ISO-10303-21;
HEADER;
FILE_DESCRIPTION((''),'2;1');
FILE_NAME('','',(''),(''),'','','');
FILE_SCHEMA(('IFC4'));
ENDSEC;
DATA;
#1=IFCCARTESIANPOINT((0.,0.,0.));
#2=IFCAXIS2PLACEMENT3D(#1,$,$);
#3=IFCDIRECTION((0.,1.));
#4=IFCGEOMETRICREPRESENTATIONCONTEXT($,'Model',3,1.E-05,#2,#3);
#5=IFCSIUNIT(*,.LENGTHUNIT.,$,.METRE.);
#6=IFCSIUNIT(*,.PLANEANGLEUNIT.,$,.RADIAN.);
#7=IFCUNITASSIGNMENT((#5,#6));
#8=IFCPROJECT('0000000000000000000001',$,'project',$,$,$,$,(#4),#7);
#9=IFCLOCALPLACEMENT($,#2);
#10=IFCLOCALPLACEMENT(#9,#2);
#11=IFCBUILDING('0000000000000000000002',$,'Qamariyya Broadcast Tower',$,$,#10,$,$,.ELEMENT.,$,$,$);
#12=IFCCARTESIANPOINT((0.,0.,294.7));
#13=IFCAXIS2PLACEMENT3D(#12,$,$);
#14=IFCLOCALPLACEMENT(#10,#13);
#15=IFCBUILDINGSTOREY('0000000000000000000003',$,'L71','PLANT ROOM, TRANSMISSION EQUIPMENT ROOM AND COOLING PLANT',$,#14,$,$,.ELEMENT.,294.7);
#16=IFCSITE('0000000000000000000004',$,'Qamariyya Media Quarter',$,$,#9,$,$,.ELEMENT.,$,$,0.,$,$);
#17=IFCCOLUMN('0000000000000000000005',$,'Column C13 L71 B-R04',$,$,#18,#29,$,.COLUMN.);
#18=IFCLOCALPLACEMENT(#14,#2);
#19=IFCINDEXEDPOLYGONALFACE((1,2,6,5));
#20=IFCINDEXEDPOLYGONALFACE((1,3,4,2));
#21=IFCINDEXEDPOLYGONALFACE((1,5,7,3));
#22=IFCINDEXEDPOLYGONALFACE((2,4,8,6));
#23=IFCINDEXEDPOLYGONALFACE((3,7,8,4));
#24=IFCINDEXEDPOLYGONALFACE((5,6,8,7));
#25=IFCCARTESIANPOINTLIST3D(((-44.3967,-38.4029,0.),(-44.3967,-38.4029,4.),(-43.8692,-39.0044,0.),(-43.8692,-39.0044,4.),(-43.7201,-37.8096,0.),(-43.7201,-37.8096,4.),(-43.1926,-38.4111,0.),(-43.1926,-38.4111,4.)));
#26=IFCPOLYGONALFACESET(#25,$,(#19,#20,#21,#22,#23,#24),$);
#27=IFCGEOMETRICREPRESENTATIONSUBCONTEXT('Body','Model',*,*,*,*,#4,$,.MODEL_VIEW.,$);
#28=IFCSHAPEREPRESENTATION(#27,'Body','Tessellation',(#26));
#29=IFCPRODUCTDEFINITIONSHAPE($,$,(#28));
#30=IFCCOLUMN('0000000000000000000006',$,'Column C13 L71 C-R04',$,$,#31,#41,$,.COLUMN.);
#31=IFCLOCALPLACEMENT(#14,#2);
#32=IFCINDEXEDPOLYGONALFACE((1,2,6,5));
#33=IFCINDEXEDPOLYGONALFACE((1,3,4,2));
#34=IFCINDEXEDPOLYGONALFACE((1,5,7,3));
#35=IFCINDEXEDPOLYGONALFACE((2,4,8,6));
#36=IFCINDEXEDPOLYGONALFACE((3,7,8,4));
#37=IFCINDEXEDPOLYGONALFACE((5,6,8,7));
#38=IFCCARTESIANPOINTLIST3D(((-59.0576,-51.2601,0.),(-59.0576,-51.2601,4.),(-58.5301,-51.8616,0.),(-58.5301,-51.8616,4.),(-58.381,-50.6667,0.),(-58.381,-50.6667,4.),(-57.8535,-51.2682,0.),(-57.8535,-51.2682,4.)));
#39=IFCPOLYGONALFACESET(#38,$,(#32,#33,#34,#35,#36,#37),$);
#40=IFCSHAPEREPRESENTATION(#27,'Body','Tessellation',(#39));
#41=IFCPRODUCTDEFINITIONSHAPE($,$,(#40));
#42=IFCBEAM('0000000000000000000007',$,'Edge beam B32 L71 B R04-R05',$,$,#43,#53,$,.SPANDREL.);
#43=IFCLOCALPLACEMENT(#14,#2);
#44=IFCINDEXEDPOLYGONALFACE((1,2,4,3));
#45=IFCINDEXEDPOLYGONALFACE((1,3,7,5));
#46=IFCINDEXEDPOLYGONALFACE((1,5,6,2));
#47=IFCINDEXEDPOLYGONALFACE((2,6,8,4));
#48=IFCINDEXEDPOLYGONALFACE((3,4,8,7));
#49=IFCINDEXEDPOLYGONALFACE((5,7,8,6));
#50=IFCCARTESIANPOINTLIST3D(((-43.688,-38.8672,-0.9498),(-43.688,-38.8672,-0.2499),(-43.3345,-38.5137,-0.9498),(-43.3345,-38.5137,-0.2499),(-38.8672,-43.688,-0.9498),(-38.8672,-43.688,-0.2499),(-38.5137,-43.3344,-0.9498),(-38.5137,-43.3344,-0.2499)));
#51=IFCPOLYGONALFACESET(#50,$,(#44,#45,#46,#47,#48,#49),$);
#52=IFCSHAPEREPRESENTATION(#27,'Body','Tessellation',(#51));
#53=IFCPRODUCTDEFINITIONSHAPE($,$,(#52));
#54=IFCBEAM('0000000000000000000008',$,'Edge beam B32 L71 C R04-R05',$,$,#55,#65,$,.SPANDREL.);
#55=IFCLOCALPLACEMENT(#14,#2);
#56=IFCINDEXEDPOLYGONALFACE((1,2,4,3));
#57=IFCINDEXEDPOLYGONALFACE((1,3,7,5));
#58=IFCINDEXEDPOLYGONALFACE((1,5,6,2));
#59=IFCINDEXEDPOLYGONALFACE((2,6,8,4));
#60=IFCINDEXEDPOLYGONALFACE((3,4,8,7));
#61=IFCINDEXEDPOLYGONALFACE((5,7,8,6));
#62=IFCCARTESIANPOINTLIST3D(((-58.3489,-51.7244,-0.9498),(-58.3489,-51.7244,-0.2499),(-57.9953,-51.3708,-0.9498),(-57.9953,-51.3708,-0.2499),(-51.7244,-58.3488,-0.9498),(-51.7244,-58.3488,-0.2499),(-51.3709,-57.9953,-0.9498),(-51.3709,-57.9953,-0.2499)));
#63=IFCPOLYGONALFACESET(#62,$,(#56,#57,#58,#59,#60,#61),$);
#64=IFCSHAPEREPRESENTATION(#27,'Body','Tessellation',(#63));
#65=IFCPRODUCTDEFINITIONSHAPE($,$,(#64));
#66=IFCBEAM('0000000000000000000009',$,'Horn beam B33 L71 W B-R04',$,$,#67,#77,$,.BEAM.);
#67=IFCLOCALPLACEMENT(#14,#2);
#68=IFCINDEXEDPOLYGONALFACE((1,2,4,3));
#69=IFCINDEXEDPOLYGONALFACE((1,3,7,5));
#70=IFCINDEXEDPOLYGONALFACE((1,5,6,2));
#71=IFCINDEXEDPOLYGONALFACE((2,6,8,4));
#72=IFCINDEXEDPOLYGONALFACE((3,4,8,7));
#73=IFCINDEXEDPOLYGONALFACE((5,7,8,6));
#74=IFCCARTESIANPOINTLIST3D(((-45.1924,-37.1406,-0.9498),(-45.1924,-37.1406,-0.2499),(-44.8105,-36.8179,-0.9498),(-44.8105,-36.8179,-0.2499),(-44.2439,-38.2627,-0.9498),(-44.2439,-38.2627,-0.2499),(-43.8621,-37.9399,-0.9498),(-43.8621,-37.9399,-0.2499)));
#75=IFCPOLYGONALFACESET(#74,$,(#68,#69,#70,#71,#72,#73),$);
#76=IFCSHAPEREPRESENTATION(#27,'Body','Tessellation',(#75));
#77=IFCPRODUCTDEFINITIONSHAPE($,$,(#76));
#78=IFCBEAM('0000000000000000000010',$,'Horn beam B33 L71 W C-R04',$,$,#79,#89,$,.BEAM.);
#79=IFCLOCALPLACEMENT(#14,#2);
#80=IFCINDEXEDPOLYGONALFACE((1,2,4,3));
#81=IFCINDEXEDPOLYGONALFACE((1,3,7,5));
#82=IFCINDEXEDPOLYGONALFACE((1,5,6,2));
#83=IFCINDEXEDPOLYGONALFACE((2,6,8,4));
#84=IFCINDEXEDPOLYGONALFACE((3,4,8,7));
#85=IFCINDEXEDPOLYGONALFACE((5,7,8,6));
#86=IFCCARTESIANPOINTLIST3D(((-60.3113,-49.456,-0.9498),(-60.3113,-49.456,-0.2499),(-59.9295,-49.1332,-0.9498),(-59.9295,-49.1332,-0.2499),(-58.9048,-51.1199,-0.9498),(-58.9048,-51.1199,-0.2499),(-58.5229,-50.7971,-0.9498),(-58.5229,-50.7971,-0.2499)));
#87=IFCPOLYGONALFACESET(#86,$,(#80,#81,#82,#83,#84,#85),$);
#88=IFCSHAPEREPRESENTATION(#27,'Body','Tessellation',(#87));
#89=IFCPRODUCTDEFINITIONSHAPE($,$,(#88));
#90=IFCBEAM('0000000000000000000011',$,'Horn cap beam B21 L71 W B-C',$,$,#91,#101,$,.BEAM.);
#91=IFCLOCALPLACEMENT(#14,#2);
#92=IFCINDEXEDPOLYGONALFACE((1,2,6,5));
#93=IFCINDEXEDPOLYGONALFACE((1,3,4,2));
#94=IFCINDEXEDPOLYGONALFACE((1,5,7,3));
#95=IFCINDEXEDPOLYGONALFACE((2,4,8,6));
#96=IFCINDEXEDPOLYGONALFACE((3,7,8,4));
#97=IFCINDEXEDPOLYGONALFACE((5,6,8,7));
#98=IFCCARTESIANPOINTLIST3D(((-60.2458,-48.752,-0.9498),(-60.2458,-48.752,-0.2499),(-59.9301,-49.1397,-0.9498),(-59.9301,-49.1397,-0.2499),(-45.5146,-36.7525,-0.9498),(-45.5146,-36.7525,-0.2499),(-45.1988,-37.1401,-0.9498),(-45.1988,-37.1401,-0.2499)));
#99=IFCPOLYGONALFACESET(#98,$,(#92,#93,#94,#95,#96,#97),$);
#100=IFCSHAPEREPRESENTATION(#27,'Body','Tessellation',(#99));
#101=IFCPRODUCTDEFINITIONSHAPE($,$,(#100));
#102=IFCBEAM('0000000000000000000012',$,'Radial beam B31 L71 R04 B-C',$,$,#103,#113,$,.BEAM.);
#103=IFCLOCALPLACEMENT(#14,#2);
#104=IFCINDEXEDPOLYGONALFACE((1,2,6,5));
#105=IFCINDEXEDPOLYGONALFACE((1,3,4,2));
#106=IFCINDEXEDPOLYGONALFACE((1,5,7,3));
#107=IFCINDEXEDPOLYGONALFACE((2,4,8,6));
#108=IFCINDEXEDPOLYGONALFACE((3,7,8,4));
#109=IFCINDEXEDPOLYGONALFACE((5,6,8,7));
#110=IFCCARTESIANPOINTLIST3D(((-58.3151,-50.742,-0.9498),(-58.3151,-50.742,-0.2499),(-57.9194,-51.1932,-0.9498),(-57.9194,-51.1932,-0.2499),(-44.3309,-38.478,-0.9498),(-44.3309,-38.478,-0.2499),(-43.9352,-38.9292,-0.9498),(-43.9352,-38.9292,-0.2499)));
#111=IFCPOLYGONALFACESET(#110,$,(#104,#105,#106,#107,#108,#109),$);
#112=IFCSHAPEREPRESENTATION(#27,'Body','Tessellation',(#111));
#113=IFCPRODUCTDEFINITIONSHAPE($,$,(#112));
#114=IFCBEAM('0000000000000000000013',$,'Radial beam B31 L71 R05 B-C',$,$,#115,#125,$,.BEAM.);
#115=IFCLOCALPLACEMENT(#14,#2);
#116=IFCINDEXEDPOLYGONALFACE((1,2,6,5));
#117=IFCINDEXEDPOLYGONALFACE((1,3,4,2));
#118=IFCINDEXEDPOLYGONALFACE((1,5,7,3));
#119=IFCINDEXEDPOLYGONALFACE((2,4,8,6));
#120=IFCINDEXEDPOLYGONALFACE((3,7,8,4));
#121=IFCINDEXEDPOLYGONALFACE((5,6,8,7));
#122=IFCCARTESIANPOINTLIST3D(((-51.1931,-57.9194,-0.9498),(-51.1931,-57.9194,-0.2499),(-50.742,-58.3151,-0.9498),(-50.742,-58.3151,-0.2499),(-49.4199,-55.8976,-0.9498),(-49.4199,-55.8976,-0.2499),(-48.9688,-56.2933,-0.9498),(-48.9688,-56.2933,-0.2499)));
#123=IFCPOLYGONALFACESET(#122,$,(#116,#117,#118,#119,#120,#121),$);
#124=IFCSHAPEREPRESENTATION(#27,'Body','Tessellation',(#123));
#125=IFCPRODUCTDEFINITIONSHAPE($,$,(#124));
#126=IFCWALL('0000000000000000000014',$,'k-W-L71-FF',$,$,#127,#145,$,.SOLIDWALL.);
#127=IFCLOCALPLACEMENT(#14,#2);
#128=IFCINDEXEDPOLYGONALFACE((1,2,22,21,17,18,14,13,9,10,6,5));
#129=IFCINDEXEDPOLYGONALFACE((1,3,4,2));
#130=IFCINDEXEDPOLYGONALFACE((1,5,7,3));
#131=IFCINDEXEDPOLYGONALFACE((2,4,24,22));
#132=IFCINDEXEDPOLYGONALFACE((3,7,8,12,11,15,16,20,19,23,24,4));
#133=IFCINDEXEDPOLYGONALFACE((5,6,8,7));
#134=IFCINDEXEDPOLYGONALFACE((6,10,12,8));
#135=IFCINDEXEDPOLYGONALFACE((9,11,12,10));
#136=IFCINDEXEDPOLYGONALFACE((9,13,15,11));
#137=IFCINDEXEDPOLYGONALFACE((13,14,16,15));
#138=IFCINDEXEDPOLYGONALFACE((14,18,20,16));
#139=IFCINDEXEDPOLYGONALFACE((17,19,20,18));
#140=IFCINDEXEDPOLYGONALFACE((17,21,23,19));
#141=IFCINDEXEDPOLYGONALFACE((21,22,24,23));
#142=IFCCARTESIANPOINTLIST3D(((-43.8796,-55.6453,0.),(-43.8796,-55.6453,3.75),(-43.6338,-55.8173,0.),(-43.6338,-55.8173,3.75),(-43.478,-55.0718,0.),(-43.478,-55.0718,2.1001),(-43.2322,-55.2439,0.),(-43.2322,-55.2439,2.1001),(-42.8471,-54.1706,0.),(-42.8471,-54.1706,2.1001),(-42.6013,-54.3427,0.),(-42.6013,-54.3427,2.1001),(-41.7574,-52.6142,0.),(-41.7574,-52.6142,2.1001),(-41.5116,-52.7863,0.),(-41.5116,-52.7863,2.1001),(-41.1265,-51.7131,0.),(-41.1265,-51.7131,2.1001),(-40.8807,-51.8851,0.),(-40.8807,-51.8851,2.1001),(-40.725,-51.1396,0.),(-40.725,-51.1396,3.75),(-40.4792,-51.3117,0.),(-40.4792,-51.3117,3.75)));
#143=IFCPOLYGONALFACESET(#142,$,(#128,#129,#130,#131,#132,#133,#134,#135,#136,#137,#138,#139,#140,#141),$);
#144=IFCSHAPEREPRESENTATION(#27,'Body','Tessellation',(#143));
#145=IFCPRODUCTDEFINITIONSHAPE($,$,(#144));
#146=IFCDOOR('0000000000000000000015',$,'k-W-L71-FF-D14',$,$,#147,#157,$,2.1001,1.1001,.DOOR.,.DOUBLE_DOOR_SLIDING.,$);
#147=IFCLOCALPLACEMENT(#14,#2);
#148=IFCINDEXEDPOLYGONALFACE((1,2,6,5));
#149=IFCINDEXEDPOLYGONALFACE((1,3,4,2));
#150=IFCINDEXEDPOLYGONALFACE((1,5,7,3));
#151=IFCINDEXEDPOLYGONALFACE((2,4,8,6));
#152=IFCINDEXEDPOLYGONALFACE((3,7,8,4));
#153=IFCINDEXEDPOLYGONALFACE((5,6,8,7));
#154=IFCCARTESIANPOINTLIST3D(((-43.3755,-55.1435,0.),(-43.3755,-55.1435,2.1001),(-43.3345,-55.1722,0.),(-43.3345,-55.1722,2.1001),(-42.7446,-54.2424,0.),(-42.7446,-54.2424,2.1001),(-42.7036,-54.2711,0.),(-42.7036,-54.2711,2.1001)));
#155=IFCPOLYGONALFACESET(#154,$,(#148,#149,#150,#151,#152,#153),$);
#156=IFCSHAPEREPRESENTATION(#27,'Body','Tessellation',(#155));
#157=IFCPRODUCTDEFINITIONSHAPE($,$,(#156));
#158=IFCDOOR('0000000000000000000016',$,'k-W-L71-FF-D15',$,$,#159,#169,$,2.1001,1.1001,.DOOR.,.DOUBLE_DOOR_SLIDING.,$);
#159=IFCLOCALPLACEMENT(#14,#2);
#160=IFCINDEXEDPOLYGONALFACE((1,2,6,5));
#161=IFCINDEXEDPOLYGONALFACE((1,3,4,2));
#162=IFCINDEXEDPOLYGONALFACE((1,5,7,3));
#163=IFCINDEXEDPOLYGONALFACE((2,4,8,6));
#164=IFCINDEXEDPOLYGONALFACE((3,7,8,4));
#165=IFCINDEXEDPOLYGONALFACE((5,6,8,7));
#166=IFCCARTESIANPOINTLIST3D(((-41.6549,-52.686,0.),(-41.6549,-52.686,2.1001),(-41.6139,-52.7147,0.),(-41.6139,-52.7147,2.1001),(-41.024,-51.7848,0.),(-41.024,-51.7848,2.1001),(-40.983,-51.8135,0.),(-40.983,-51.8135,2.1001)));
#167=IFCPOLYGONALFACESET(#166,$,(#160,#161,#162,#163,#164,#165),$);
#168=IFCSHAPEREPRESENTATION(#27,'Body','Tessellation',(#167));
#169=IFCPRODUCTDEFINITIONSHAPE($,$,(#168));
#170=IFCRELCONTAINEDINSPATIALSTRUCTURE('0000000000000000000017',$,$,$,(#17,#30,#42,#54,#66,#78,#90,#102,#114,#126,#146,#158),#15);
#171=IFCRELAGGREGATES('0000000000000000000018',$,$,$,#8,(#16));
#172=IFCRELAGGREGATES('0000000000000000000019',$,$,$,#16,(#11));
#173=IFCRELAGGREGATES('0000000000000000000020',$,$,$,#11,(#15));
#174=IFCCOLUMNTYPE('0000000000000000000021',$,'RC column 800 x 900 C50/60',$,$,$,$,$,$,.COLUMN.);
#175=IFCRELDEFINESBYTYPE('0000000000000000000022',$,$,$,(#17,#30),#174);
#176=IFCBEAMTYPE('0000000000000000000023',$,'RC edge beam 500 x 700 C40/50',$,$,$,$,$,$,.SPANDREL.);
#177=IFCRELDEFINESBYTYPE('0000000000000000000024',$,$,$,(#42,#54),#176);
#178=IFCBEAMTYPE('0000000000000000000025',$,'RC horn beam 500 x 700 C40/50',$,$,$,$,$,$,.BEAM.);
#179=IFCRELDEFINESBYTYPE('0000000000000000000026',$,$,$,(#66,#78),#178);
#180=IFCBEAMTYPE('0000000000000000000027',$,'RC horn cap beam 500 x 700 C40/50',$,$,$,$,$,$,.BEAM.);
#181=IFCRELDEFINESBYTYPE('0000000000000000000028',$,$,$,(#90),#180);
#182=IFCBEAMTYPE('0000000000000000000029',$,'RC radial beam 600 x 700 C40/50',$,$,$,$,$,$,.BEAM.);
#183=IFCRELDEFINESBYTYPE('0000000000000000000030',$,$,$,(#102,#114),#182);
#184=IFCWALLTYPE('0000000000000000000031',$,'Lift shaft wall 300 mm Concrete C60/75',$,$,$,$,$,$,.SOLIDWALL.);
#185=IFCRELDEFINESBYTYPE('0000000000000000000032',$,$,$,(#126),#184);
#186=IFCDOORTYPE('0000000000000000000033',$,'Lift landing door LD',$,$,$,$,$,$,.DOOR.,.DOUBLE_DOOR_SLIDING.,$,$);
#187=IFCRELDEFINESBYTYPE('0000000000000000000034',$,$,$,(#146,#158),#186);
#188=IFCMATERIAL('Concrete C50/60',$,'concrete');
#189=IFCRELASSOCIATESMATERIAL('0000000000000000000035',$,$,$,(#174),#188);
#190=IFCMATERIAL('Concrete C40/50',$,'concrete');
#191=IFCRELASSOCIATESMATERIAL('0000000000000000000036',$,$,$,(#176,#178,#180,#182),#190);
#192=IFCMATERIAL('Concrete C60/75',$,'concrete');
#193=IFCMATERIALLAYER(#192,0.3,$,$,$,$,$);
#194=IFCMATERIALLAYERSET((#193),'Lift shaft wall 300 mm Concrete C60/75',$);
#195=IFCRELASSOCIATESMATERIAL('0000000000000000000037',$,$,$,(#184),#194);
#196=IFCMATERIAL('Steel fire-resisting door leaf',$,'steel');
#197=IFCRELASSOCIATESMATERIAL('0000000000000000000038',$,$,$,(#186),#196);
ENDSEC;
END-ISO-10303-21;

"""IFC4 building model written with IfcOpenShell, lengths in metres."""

from ifc_helpers import new_model, si_unit, direction, frame, frame_2d, origin, origin_2d, place, context, subcontext, project, spatial, rectangle, extrude, material, layer, layer_set, material_profile, profile_set, type_object, element, fill, save


model = new_model("IFC4")

# Units and contexts
model_context = context("Model", 3, precision=1e-05, world=origin(), true_north=direction((0.0, 1.0)))
body_context = subcontext(model_context, "Body", "Model", "MODEL_VIEW")
ifc_project = project(units=[si_unit("LENGTHUNIT", "METRE"), si_unit("PLANEANGLEUNIT", "RADIAN")], contexts=[model_context])

# Site, building, storey
site_placement = place(None, origin())
site = spatial("IfcSite", under=ifc_project, at=site_placement, Name="Qamariyya Media Quarter", CompositionType="ELEMENT", RefElevation=0.0)
building_placement = place(site_placement, origin())
building = spatial("IfcBuilding", under=site, at=building_placement, Name="Qamariyya Broadcast Tower", CompositionType="ELEMENT")
storey_placement = place(building_placement, frame((0.0, 0.0, 294.7)))
storey = spatial("IfcBuildingStorey", under=building, at=storey_placement, Name="L71", Description="PLANT ROOM, TRANSMISSION EQUIPMENT ROOM AND COOLING PLANT", CompositionType="ELEMENT", Elevation=294.7)

# Columns
ifc_material_1 = material(Name="Concrete C50/60", Category="concrete")
ifc_material_profile_1 = material_profile(ifc_material_1, rectangle(XDim=0.8, YDim=0.8999, at=origin_2d()))
ifc_profile_set_1 = profile_set([ifc_material_profile_1], Name="Concrete C50/60")
column_type = type_object("IfcColumnType", Name="RC column 800 x 900 C50/60", PredefinedType="COLUMN", material=ifc_profile_set_1)
for number, where, z_axis, x_axis, name in (
    (1, (-43.7947, -38.407, 0.0), (0.0, 0.0, 1.0), (0.659346, -0.75184, 0.0), "Column C13 L71 B-R04"),
    (2, (-58.4556, -51.2642, 0.0), (0.0, 0.0, 1.0), (0.659346, -0.75184, 0.0), "Column C13 L71 C-R04"),
):
    element("IfcColumn", number, at=place(storey_placement, frame(where, z_axis=z_axis, x_axis=x_axis)), inside=storey, type_object=column_type, Name=name, PredefinedType="COLUMN", context=body_context, shape_type="SweptSolid", body=[
        extrude(rectangle(XDim=0.8, YDim=0.8999, at=origin_2d()), origin(), (0.0, 0.0, 1.0), 4.0),
    ])

# Beams
ifc_material_2 = material(Name="Concrete C40/50", Category="concrete")
ifc_material_profile_2 = material_profile(ifc_material_2, rectangle(XDim=0.5, YDim=0.7, at=origin_2d()))
ifc_profile_set_2 = profile_set([ifc_material_profile_2], Name="Concrete C40/50")
beam_type_1 = type_object("IfcBeamType", Name="RC edge beam 500 x 700 C40/50", PredefinedType="SPANDREL", material=ifc_profile_set_2)
beam_1_placement = place(storey_placement, frame((-43.5112, -38.6904, -0.5999), z_axis=(0.707107, -0.707107, 0.0), x_axis=(0.707107, 0.707107, 0.0)))
element("IfcBeam", 3, at=beam_1_placement, inside=storey, type_object=beam_type_1, Name="Edge beam B32 L71 B R04-R05", PredefinedType="SPANDREL", context=body_context, shape_type="SweptSolid", body=[
    extrude(rectangle(XDim=0.5, YDim=0.7, at=origin_2d()), origin(), (0.0, 0.0, 1.0), 6.8176),
])
beam_2_placement = place(storey_placement, frame((-58.1721, -51.5476, -0.5999), z_axis=(0.707107, -0.707107, 0.0), x_axis=(0.707107, 0.707107, 0.0)))
element("IfcBeam", 4, at=beam_2_placement, inside=storey, type_object=beam_type_1, Name="Edge beam B32 L71 C R04-R05", PredefinedType="SPANDREL", context=body_context, shape_type="SweptSolid", body=[
    extrude(rectangle(XDim=0.5, YDim=0.7, at=origin_2d()), origin(), (0.0, 0.0, 1.0), 9.3684),
])
ifc_material_profile_3 = material_profile(ifc_material_2, rectangle(XDim=0.5, YDim=0.7, at=origin_2d()))
ifc_profile_set_3 = profile_set([ifc_material_profile_3], Name="Concrete C40/50")
beam_type_2 = type_object("IfcBeamType", Name="RC horn beam 500 x 700 C40/50", PredefinedType="BEAM", material=ifc_profile_set_3)
beam_3_placement = place(storey_placement, frame((-44.053, -38.1013, -0.5999), z_axis=(-0.645562, 0.763708, 0.0), x_axis=(-0.763708, -0.645562, 0.0)))
element("IfcBeam", 5, at=beam_3_placement, inside=storey, type_object=beam_type_2, Name="Horn beam B33 L71 W B-R04", PredefinedType="BEAM", context=body_context, shape_type="SweptSolid", body=[
    extrude(rectangle(XDim=0.5, YDim=0.7, at=origin_2d()), origin(), (0.0, 0.0, 1.0), 1.4692),
])
beam_4_placement = place(storey_placement, frame((-58.7139, -50.9585, -0.5999), z_axis=(-0.64558, 0.763692, 0.0), x_axis=(-0.763692, -0.64558, 0.0)))
element("IfcBeam", 6, at=beam_4_placement, inside=storey, type_object=beam_type_2, Name="Horn beam B33 L71 W C-R04", PredefinedType="BEAM", context=body_context, shape_type="SweptSolid", body=[
    extrude(rectangle(XDim=0.5, YDim=0.7, at=origin_2d()), origin(), (0.0, 0.0, 1.0), 2.1787),
])
ifc_material_profile_4 = material_profile(ifc_material_2, rectangle(XDim=0.5, YDim=0.7, at=origin_2d()))
ifc_profile_set_4 = profile_set([ifc_material_profile_4], Name="Concrete C40/50")
beam_type_3 = type_object("IfcBeamType", Name="RC horn cap beam 500 x 700 C40/50", PredefinedType="BEAM", material=ifc_profile_set_4)
beam_5_placement = place(storey_placement, frame((-45.3567, -36.9463, -0.5999), z_axis=(-0.77533, -0.631556, 0.0), x_axis=(0.631556, -0.77533, 0.0)))
element("IfcBeam", 7, at=beam_5_placement, inside=storey, type_object=beam_type_3, Name="Horn cap beam B21 L71 W B-C", PredefinedType="BEAM", context=body_context, shape_type="SweptSolid", body=[
    extrude(rectangle(XDim=0.5, YDim=0.7, at=origin_2d()), origin(), (0.0, 0.0, 1.0), 19.0),
])
ifc_material_profile_5 = material_profile(ifc_material_2, rectangle(XDim=0.6001, YDim=0.7, at=origin_2d()))
ifc_profile_set_5 = profile_set([ifc_material_profile_5], Name="Concrete C40/50")
beam_type_4 = type_object("IfcBeamType", Name="RC radial beam 600 x 700 C40/50", PredefinedType="BEAM", material=ifc_profile_set_5)
beam_6_placement = place(storey_placement, frame((-44.1331, -38.7036, -0.5999), z_axis=(-0.751835, -0.659351, 0.0), x_axis=(0.659351, -0.751835, 0.0)))
element("IfcBeam", 8, at=beam_6_placement, inside=storey, type_object=beam_type_4, Name="Radial beam B31 L71 R04 B-C", PredefinedType="BEAM", context=body_context, shape_type="SweptSolid", body=[
    extrude(rectangle(XDim=0.6001, YDim=0.7, at=origin_2d()), origin(), (0.0, 0.0, 1.0), 18.6001),
])
beam_7_placement = place(storey_placement, frame((-49.1943, -56.0955, -0.5999), z_axis=(-0.659385, -0.751806, 0.0), x_axis=(0.751806, -0.659385, 0.0)))
element("IfcBeam", 9, at=beam_7_placement, inside=storey, type_object=beam_type_4, Name="Radial beam B31 L71 R05 B-C", PredefinedType="BEAM", context=body_context, shape_type="SweptSolid", body=[
    extrude(rectangle(XDim=0.6001, YDim=0.7, at=origin_2d()), origin(), (0.0, 0.0, 1.0), 2.6892),
])

# Wall, openings, doors
ifc_material_3 = material(Name="Concrete C60/75", Category="concrete")
ifc_layer_1 = layer(ifc_material_3, 0.3)
ifc_layer_set_1 = layer_set([ifc_layer_1], Name="Lift shaft wall 300 mm Concrete C60/75")
wall_type_1 = type_object("IfcWallType", Name="Lift shaft wall 300 mm Concrete C60/75", PredefinedType="SOLIDWALL", material=ifc_layer_set_1)
wall_1_placement = place(storey_placement, frame((-43.7566, -55.7312, 0.0), z_axis=(0.0, 0.0, 1.0), x_axis=(0.573537, 0.81918, 0.0)))
wall_1 = element("IfcWall", 10, at=wall_1_placement, inside=storey, type_object=wall_type_1, Name="k-W-L71-FF", PredefinedType="SOLIDWALL", context=body_context, shape_type="SweptSolid", body=[
    extrude(rectangle(XDim=5.5002, YDim=0.3, at=frame_2d((2.75, 0.0))), origin(), (0.0, 0.0, 1.0), 3.75),
])
opening_1_placement = place(wall_1_placement, frame((0.7, 0.0, 0.0)))
opening_1 = element("IfcOpeningElement", 11, at=opening_1_placement, cuts=wall_1, PredefinedType="OPENING", context=body_context, shape_type="SweptSolid", body=[
    extrude(rectangle(XDim=1.1001, YDim=2.1001, at=frame_2d((0.55, 1.05))), frame((0.0, 0.1599, 0.0), z_axis=(0.0, -1.0, 0.0), x_axis=(1.0, 0.0, 0.0)), (0.0, 0.0, 1.0), 0.3201),
])
opening_2_placement = place(wall_1_placement, frame((3.7, 0.0, 0.0)))
opening_2 = element("IfcOpeningElement", 12, at=opening_2_placement, cuts=wall_1, PredefinedType="OPENING", context=body_context, shape_type="SweptSolid", body=[
    extrude(rectangle(XDim=1.1001, YDim=2.1001, at=frame_2d((0.55, 1.05))), frame((0.0, 0.1599, 0.0), z_axis=(0.0, -1.0, 0.0), x_axis=(1.0, 0.0, 0.0)), (0.0, 0.0, 1.0), 0.3201),
])
ifc_material_4 = material(Name="Steel fire-resisting door leaf", Category="steel")
door_type_1 = type_object("IfcDoorType", Name="Lift landing door LD", OperationType="DOUBLE_DOOR_SLIDING", PredefinedType="DOOR", material=ifc_material_4)
door_1_placement = place(opening_1_placement, origin())
door_1 = element("IfcDoor", 13, at=door_1_placement, inside=storey, type_object=door_type_1, Name="k-W-L71-FF-D14", OperationType="DOUBLE_DOOR_SLIDING", OverallHeight=2.1001, OverallWidth=1.1001, PredefinedType="DOOR", context=body_context, shape_type="SweptSolid", body=[
    extrude(rectangle(XDim=1.1001, YDim=2.1001, at=frame_2d((0.55, 1.05))), frame((0.0, 0.0249, 0.0), z_axis=(0.0, -1.0, 0.0), x_axis=(1.0, 0.0, 0.0)), (0.0, 0.0, 1.0), 0.05),
])
fill(opening_1, door_1)
door_2_placement = place(opening_2_placement, origin())
door_2 = element("IfcDoor", 14, at=door_2_placement, inside=storey, type_object=door_type_1, Name="k-W-L71-FF-D15", OperationType="DOUBLE_DOOR_SLIDING", OverallHeight=2.1001, OverallWidth=1.1001, PredefinedType="DOOR", context=body_context, shape_type="SweptSolid", body=[
    extrude(rectangle(XDim=1.1001, YDim=2.1001, at=frame_2d((0.55, 1.05))), frame((0.0, 0.0249, 0.0), z_axis=(0.0, -1.0, 0.0), x_axis=(1.0, 0.0, 0.0)), (0.0, 0.0, 1.0), 0.05),
])
fill(opening_2, door_2)

save(model, "model.ifc")
